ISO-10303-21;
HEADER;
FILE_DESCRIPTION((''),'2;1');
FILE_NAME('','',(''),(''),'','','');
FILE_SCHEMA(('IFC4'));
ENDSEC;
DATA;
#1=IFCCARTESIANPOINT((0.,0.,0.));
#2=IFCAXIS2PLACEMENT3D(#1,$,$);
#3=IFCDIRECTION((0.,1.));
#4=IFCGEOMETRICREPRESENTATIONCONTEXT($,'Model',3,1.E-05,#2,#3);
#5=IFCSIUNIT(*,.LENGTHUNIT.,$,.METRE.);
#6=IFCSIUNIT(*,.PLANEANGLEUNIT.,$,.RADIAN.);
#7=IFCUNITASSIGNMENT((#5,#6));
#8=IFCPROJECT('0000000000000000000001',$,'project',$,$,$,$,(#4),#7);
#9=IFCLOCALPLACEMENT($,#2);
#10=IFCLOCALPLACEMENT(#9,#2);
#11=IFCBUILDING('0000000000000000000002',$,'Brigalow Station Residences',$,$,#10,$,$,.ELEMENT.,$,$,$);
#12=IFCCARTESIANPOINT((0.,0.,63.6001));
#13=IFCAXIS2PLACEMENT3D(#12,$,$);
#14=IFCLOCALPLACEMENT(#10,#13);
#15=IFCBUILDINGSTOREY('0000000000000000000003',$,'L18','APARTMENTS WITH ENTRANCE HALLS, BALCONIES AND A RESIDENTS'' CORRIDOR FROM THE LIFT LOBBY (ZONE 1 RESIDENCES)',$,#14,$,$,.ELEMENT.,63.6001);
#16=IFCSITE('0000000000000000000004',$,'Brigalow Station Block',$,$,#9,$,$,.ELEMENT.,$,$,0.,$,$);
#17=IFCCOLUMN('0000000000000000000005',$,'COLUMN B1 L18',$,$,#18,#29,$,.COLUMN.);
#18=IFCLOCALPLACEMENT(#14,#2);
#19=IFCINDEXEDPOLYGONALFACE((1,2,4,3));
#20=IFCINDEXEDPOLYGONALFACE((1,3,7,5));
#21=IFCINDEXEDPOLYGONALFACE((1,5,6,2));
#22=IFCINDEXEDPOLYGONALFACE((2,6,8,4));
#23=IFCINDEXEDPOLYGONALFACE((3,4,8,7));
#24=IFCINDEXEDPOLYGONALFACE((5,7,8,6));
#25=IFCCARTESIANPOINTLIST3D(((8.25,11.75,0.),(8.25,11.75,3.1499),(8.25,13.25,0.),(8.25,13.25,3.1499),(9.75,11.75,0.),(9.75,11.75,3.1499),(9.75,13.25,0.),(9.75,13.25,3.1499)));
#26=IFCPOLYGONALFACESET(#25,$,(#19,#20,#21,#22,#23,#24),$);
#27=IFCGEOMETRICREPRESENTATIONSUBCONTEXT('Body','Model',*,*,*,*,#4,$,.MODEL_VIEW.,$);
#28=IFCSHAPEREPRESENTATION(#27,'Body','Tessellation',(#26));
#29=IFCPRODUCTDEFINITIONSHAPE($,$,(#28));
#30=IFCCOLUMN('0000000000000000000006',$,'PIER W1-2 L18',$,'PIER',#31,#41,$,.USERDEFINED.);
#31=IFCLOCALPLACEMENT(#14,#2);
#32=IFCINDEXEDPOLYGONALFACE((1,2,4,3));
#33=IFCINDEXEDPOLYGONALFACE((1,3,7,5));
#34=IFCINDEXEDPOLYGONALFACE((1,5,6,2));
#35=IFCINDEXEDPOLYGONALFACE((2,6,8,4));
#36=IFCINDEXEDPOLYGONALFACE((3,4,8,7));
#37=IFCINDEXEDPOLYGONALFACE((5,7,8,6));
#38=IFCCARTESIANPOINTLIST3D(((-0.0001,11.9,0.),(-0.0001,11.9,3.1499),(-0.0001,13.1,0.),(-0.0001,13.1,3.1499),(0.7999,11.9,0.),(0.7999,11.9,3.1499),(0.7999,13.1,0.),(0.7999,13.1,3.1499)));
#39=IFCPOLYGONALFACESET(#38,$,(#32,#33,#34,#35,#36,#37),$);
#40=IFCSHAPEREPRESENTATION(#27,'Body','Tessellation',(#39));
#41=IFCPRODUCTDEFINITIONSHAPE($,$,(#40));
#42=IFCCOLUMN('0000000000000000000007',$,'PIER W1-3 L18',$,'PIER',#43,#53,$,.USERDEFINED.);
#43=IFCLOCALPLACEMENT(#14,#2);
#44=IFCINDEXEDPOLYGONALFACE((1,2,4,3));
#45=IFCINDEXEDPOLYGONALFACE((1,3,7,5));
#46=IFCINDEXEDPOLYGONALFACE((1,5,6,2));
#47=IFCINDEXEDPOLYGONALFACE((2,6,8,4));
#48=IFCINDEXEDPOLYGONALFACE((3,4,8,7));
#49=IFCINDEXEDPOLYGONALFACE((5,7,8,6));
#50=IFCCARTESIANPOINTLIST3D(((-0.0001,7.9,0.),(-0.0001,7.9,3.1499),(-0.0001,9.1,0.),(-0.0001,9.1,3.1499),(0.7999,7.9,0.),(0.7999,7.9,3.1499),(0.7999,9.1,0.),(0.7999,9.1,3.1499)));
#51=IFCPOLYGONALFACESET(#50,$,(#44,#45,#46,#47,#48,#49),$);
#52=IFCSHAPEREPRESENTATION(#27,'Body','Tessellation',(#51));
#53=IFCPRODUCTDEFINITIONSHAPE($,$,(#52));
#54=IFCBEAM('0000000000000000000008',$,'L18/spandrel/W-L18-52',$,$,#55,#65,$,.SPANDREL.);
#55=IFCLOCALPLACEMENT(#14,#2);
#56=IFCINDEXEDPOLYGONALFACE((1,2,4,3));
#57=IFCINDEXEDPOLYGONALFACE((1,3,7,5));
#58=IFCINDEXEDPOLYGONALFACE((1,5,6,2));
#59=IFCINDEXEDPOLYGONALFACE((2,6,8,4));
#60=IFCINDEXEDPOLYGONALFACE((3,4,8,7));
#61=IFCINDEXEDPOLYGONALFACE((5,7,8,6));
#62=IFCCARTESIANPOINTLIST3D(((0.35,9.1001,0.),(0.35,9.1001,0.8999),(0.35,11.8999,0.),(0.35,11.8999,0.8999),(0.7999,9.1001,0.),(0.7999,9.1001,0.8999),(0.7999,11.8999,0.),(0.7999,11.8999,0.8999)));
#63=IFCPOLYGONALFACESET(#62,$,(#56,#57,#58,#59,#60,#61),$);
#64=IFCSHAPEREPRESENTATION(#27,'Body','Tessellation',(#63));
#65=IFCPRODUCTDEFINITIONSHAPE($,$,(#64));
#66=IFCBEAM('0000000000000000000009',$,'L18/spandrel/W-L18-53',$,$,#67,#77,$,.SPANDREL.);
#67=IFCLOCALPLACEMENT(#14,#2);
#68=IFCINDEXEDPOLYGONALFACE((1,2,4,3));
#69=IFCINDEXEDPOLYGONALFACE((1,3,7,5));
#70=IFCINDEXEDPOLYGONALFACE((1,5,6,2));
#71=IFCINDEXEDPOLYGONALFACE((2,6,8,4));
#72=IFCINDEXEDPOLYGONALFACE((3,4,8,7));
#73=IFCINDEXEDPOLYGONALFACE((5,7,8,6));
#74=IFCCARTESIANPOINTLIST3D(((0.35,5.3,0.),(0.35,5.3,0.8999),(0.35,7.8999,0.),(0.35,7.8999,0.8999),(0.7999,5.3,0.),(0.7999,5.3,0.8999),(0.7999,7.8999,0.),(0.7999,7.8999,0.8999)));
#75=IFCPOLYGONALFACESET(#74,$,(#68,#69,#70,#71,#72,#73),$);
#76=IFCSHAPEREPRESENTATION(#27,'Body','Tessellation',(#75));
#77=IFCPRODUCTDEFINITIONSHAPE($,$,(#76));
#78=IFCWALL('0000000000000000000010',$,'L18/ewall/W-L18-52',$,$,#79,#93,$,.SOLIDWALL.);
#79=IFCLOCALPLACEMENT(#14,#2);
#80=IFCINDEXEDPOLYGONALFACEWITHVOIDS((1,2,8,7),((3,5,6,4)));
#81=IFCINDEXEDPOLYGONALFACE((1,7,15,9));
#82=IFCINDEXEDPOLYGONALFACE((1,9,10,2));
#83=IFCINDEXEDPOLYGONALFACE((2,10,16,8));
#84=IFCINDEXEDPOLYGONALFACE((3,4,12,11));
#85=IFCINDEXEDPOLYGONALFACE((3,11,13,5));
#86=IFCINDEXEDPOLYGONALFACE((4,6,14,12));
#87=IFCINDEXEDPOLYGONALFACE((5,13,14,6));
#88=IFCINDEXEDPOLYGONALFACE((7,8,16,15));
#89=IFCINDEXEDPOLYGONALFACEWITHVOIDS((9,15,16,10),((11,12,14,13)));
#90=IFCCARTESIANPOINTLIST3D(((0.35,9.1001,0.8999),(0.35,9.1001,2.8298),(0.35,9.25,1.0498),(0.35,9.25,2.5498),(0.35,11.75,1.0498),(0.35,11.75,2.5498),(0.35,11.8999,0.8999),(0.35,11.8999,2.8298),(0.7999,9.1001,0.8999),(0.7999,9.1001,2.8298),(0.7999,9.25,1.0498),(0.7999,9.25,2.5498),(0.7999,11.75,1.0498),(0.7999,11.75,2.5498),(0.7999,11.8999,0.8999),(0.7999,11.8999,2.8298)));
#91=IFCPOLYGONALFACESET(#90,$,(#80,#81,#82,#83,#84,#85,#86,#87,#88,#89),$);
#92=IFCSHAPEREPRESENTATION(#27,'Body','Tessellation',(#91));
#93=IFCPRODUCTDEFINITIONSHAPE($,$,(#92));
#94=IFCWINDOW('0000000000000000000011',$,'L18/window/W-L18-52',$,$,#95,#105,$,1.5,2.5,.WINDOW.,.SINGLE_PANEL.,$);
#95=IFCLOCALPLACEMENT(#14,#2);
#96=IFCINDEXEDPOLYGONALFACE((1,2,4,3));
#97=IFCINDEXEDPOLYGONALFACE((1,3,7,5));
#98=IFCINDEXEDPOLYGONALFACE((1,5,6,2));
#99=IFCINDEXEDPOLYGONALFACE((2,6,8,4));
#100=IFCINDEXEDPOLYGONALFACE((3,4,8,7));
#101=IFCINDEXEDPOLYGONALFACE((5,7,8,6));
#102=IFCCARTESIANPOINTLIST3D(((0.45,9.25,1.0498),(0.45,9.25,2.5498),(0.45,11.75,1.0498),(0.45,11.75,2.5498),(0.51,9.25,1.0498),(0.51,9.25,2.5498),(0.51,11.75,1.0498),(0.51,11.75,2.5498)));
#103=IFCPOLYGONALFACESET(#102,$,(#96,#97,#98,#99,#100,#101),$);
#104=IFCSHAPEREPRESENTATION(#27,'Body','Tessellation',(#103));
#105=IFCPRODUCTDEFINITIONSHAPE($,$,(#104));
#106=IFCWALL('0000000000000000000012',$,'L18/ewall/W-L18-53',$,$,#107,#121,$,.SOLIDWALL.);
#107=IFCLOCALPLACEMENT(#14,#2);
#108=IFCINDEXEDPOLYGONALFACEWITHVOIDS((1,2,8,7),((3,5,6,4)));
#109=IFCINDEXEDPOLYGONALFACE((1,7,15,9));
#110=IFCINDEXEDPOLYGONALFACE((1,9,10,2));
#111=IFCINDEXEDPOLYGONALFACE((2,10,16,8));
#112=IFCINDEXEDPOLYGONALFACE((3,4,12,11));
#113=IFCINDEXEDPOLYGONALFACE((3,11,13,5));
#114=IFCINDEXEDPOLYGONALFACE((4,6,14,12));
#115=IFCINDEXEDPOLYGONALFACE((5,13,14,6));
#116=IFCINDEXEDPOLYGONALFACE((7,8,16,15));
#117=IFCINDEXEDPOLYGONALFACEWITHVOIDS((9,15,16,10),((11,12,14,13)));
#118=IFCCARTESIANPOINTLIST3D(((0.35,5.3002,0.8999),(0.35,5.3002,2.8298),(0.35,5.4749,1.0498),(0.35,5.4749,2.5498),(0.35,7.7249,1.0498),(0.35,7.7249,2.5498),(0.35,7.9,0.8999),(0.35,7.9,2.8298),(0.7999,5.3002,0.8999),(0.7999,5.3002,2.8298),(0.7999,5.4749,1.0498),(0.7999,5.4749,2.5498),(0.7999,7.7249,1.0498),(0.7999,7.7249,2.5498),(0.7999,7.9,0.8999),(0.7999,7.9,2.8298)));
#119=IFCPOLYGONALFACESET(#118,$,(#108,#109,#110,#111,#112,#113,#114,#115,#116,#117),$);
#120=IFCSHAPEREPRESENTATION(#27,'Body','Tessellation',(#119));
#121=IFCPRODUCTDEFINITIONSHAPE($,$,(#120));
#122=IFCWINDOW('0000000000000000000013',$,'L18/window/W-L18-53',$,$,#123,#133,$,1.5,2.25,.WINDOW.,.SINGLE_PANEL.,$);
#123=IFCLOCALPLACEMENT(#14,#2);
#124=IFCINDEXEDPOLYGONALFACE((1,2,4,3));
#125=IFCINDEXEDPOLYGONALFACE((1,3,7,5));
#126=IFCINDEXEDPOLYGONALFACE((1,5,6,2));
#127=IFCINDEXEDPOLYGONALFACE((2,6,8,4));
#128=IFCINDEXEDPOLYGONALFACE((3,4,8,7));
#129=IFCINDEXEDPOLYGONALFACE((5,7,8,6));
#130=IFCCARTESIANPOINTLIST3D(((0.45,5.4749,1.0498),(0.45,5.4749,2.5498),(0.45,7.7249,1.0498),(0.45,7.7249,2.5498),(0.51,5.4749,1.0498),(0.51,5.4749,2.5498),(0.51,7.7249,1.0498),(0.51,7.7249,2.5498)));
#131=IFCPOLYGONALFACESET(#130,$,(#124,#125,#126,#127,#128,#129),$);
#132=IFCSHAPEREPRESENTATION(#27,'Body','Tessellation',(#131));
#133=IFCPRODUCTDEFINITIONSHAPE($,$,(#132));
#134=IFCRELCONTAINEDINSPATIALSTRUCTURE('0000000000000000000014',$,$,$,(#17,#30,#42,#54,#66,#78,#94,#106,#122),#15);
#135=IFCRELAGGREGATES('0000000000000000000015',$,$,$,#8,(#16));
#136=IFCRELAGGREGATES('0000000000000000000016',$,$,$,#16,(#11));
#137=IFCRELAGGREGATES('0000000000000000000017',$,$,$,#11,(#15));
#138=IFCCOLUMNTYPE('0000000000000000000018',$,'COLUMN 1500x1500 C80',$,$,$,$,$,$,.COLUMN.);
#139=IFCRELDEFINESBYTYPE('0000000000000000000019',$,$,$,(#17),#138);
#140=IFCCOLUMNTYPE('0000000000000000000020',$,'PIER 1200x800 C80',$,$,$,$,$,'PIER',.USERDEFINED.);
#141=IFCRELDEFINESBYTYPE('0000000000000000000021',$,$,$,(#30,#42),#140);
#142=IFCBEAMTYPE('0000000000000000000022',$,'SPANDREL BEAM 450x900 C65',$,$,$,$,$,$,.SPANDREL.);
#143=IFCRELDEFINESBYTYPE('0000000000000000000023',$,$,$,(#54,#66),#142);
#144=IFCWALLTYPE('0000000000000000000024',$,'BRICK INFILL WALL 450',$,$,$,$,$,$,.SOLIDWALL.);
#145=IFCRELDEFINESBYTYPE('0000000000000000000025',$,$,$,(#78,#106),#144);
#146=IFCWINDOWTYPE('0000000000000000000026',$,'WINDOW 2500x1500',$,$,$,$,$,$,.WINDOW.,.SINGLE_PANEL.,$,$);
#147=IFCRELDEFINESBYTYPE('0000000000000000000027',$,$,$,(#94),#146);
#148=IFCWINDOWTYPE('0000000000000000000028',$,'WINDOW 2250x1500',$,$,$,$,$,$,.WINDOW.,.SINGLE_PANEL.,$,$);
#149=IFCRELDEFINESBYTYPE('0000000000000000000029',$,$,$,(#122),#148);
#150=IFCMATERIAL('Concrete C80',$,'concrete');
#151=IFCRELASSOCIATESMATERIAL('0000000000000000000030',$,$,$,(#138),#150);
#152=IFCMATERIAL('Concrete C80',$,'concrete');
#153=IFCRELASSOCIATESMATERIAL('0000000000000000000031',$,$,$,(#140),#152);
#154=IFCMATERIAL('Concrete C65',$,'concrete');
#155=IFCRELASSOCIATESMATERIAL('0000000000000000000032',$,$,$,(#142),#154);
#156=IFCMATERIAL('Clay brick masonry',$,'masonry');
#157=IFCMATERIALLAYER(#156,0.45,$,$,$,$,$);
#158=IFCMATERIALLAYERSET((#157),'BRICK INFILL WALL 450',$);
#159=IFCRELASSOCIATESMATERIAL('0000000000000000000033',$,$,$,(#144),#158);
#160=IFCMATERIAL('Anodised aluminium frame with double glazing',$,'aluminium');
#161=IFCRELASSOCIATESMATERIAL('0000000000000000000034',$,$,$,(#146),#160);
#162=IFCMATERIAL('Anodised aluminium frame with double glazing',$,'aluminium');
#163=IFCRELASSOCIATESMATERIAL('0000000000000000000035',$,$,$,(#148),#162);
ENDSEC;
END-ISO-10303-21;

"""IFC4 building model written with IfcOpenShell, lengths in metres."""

from ifc_helpers import new_model, si_unit, direction, frame, frame_2d, origin, origin_2d, place, context, subcontext, project, spatial, rectangle, extrude, material, layer, layer_set, material_profile, profile_set, type_object, element, fill, save


model = new_model("IFC4")

# Units and contexts
model_context = context("Model", 3, precision=1e-05, world=origin(), true_north=direction((0.0, 1.0)))
body_context = subcontext(model_context, "Body", "Model", "MODEL_VIEW")
ifc_project = project(units=[si_unit("LENGTHUNIT", "METRE"), si_unit("PLANEANGLEUNIT", "RADIAN")], contexts=[model_context])

# Site, building, storey
site_placement = place(None, origin())
site = spatial("IfcSite", under=ifc_project, at=site_placement, Name="Brigalow Station Block", CompositionType="ELEMENT", RefElevation=0.0)
building_placement = place(site_placement, origin())
building = spatial("IfcBuilding", under=site, at=building_placement, Name="Brigalow Station Residences", CompositionType="ELEMENT")
storey_placement = place(building_placement, frame((0.0, 0.0, 63.6001)))
storey = spatial("IfcBuildingStorey", under=building, at=storey_placement, Name="L18", Description="APARTMENTS WITH ENTRANCE HALLS, BALCONIES AND A RESIDENTS' CORRIDOR FROM THE LIFT LOBBY (ZONE 1 RESIDENCES)", CompositionType="ELEMENT", Elevation=63.6001)

# Columns
ifc_material_1 = material(Name="Concrete C80", Category="concrete")
ifc_material_profile_1 = material_profile(ifc_material_1, rectangle(XDim=1.5, YDim=1.5, at=origin_2d()), Name="RC1500x1500")
ifc_profile_set_1 = profile_set([ifc_material_profile_1], Name="Concrete C80")
column_type_1 = type_object("IfcColumnType", Name="COLUMN 1500x1500 C80", PredefinedType="COLUMN", material=ifc_profile_set_1)
column_placement = place(storey_placement, frame((9.0, 12.5, 0.0), z_axis=(0.0, 0.0, 1.0), x_axis=(1.0, 0.0, 0.0)))
element("IfcColumn", 1, at=column_placement, inside=storey, type_object=column_type_1, Name="COLUMN B1 L18", PredefinedType="COLUMN", context=body_context, shape_type="SweptSolid", body=[
    extrude(rectangle(XDim=1.5, YDim=1.5, at=origin_2d()), origin(), (0.0, 0.0, 1.0), 3.1499),
])
ifc_material_2 = material(Name="Concrete C80", Category="concrete")
ifc_material_profile_2 = material_profile(ifc_material_2, rectangle(XDim=1.2, YDim=0.8, at=origin_2d()), Name="RC1200x800")
ifc_profile_set_2 = profile_set([ifc_material_profile_2], Name="Concrete C80")
column_type_2 = type_object("IfcColumnType", Name="PIER 1200x800 C80", ElementType="PIER", PredefinedType="USERDEFINED", material=ifc_profile_set_2)
for number, where, z_axis, x_axis, name in (
    (2, (0.3999, 12.5, 0.0), (0.0, 0.0, 1.0), (0.0, -1.0, 0.0), "PIER W1-2 L18"),
    (3, (0.3999, 8.5, 0.0), (0.0, 0.0, 1.0), (0.0, -1.0, 0.0), "PIER W1-3 L18"),
):
    element("IfcColumn", number, at=place(storey_placement, frame(where, z_axis=z_axis, x_axis=x_axis)), inside=storey, type_object=column_type_2, Name=name, ObjectType="PIER", PredefinedType="USERDEFINED", context=body_context, shape_type="SweptSolid", body=[
        extrude(rectangle(XDim=1.2, YDim=0.8, at=origin_2d()), origin(), (0.0, 0.0, 1.0), 3.1499),
    ])

# Beams
ifc_material_3 = material(Name="Concrete C65", Category="concrete")
ifc_material_profile_3 = material_profile(ifc_material_3, rectangle(XDim=0.45, YDim=0.8999, at=origin_2d()), Name="RC450x900")
ifc_profile_set_3 = profile_set([ifc_material_profile_3], Name="Concrete C65")
beam_type = type_object("IfcBeamType", Name="SPANDREL BEAM 450x900 C65", PredefinedType="SPANDREL", material=ifc_profile_set_3)
beam_1_placement = place(storey_placement, frame((0.575, 11.8999, 0.45), z_axis=(0.0, -1.0, 0.0), x_axis=(1.0, 0.0, 0.0)))
element("IfcBeam", 4, at=beam_1_placement, inside=storey, type_object=beam_type, Name="L18/spandrel/W-L18-52", PredefinedType="SPANDREL", context=body_context, shape_type="SweptSolid", body=[
    extrude(rectangle(XDim=0.45, YDim=0.8999, at=origin_2d()), origin(), (0.0, 0.0, 1.0), 2.7998),
])
beam_2_placement = place(storey_placement, frame((0.575, 7.8999, 0.45), z_axis=(0.0, -1.0, 0.0), x_axis=(1.0, 0.0, 0.0)))
element("IfcBeam", 5, at=beam_2_placement, inside=storey, type_object=beam_type, Name="L18/spandrel/W-L18-53", PredefinedType="SPANDREL", context=body_context, shape_type="SweptSolid", body=[
    extrude(rectangle(XDim=0.45, YDim=0.8999, at=origin_2d()), origin(), (0.0, 0.0, 1.0), 2.5999),
])

# Walls, openings, windows
ifc_material_4 = material(Name="Clay brick masonry", Category="masonry")
ifc_layer_1 = layer(ifc_material_4, 0.45)
ifc_layer_set_1 = layer_set([ifc_layer_1], Name="BRICK INFILL WALL 450")
wall_type_1 = type_object("IfcWallType", Name="BRICK INFILL WALL 450", PredefinedType="SOLIDWALL", material=ifc_layer_set_1)
wall_1_placement = place(storey_placement, frame((0.575, 11.8999, 0.8999), z_axis=(0.0, 0.0, 1.0), x_axis=(0.0, -1.0, 0.0)))
wall_1 = element("IfcWall", 6, at=wall_1_placement, inside=storey, type_object=wall_type_1, Name="L18/ewall/W-L18-52", PredefinedType="SOLIDWALL", context=body_context, shape_type="SweptSolid", body=[
    extrude(rectangle(XDim=2.7998, YDim=0.45, at=frame_2d((1.3999, 0.0))), origin(), (0.0, 0.0, 1.0), 1.9299),
])
opening_1_placement = place(wall_1_placement, frame((0.1499, 0.0, 0.1499)))
opening_1 = element("IfcOpeningElement", 7, at=opening_1_placement, cuts=wall_1, PredefinedType="OPENING", context=body_context, shape_type="SweptSolid", body=[
    extrude(rectangle(XDim=2.5, YDim=1.5, at=frame_2d((1.25, 0.75))), frame((0.0, 0.2349, 0.0), z_axis=(0.0, -1.0, 0.0), x_axis=(1.0, 0.0, 0.0)), (0.0, 0.0, 1.0), 0.47),
])
ifc_material_5 = material(Name="Anodised aluminium frame with double glazing", Category="aluminium")
window_type_1 = type_object("IfcWindowType", Name="WINDOW 2500x1500", PartitioningType="SINGLE_PANEL", PredefinedType="WINDOW", material=ifc_material_5)
window_1_placement = place(opening_1_placement, origin())
window_1 = element("IfcWindow", 8, at=window_1_placement, inside=storey, type_object=window_type_1, Name="L18/window/W-L18-52", OverallHeight=1.5, OverallWidth=2.5, PartitioningType="SINGLE_PANEL", PredefinedType="WINDOW", context=body_context, shape_type="SweptSolid", body=[
    extrude(rectangle(XDim=2.5, YDim=1.5, at=frame_2d((1.25, 0.75))), frame((0.0, -0.0649, 0.0), z_axis=(0.0, -1.0, 0.0), x_axis=(1.0, 0.0, 0.0)), (0.0, 0.0, 1.0), 0.0601),
])
fill(opening_1, window_1)
wall_2_placement = place(storey_placement, frame((0.575, 7.8999, 0.8999), z_axis=(0.0, 0.0, 1.0), x_axis=(0.0, -1.0, 0.0)))
wall_2 = element("IfcWall", 9, at=wall_2_placement, inside=storey, type_object=wall_type_1, Name="L18/ewall/W-L18-53", PredefinedType="SOLIDWALL", context=body_context, shape_type="SweptSolid", body=[
    extrude(rectangle(XDim=2.5999, YDim=0.45, at=frame_2d((1.2998, 0.0))), origin(), (0.0, 0.0, 1.0), 1.9299),
])
opening_2_placement = place(wall_2_placement, frame((0.175, 0.0, 0.1499)))
opening_2 = element("IfcOpeningElement", 10, at=opening_2_placement, cuts=wall_2, PredefinedType="OPENING", context=body_context, shape_type="SweptSolid", body=[
    extrude(rectangle(XDim=2.25, YDim=1.5, at=frame_2d((1.125, 0.75))), frame((0.0, 0.2349, 0.0), z_axis=(0.0, -1.0, 0.0), x_axis=(1.0, 0.0, 0.0)), (0.0, 0.0, 1.0), 0.47),
])
ifc_material_6 = material(Name="Anodised aluminium frame with double glazing", Category="aluminium")
window_type_2 = type_object("IfcWindowType", Name="WINDOW 2250x1500", PartitioningType="SINGLE_PANEL", PredefinedType="WINDOW", material=ifc_material_6)
window_2_placement = place(opening_2_placement, origin())
window_2 = element("IfcWindow", 11, at=window_2_placement, inside=storey, type_object=window_type_2, Name="L18/window/W-L18-53", OverallHeight=1.5, OverallWidth=2.25, PartitioningType="SINGLE_PANEL", PredefinedType="WINDOW", context=body_context, shape_type="SweptSolid", body=[
    extrude(rectangle(XDim=2.25, YDim=1.5, at=frame_2d((1.125, 0.75))), frame((0.0, -0.0649, 0.0), z_axis=(0.0, -1.0, 0.0), x_axis=(1.0, 0.0, 0.0)), (0.0, 0.0, 1.0), 0.0601),
])
fill(opening_2, window_2)

save(model, "model.ifc")
